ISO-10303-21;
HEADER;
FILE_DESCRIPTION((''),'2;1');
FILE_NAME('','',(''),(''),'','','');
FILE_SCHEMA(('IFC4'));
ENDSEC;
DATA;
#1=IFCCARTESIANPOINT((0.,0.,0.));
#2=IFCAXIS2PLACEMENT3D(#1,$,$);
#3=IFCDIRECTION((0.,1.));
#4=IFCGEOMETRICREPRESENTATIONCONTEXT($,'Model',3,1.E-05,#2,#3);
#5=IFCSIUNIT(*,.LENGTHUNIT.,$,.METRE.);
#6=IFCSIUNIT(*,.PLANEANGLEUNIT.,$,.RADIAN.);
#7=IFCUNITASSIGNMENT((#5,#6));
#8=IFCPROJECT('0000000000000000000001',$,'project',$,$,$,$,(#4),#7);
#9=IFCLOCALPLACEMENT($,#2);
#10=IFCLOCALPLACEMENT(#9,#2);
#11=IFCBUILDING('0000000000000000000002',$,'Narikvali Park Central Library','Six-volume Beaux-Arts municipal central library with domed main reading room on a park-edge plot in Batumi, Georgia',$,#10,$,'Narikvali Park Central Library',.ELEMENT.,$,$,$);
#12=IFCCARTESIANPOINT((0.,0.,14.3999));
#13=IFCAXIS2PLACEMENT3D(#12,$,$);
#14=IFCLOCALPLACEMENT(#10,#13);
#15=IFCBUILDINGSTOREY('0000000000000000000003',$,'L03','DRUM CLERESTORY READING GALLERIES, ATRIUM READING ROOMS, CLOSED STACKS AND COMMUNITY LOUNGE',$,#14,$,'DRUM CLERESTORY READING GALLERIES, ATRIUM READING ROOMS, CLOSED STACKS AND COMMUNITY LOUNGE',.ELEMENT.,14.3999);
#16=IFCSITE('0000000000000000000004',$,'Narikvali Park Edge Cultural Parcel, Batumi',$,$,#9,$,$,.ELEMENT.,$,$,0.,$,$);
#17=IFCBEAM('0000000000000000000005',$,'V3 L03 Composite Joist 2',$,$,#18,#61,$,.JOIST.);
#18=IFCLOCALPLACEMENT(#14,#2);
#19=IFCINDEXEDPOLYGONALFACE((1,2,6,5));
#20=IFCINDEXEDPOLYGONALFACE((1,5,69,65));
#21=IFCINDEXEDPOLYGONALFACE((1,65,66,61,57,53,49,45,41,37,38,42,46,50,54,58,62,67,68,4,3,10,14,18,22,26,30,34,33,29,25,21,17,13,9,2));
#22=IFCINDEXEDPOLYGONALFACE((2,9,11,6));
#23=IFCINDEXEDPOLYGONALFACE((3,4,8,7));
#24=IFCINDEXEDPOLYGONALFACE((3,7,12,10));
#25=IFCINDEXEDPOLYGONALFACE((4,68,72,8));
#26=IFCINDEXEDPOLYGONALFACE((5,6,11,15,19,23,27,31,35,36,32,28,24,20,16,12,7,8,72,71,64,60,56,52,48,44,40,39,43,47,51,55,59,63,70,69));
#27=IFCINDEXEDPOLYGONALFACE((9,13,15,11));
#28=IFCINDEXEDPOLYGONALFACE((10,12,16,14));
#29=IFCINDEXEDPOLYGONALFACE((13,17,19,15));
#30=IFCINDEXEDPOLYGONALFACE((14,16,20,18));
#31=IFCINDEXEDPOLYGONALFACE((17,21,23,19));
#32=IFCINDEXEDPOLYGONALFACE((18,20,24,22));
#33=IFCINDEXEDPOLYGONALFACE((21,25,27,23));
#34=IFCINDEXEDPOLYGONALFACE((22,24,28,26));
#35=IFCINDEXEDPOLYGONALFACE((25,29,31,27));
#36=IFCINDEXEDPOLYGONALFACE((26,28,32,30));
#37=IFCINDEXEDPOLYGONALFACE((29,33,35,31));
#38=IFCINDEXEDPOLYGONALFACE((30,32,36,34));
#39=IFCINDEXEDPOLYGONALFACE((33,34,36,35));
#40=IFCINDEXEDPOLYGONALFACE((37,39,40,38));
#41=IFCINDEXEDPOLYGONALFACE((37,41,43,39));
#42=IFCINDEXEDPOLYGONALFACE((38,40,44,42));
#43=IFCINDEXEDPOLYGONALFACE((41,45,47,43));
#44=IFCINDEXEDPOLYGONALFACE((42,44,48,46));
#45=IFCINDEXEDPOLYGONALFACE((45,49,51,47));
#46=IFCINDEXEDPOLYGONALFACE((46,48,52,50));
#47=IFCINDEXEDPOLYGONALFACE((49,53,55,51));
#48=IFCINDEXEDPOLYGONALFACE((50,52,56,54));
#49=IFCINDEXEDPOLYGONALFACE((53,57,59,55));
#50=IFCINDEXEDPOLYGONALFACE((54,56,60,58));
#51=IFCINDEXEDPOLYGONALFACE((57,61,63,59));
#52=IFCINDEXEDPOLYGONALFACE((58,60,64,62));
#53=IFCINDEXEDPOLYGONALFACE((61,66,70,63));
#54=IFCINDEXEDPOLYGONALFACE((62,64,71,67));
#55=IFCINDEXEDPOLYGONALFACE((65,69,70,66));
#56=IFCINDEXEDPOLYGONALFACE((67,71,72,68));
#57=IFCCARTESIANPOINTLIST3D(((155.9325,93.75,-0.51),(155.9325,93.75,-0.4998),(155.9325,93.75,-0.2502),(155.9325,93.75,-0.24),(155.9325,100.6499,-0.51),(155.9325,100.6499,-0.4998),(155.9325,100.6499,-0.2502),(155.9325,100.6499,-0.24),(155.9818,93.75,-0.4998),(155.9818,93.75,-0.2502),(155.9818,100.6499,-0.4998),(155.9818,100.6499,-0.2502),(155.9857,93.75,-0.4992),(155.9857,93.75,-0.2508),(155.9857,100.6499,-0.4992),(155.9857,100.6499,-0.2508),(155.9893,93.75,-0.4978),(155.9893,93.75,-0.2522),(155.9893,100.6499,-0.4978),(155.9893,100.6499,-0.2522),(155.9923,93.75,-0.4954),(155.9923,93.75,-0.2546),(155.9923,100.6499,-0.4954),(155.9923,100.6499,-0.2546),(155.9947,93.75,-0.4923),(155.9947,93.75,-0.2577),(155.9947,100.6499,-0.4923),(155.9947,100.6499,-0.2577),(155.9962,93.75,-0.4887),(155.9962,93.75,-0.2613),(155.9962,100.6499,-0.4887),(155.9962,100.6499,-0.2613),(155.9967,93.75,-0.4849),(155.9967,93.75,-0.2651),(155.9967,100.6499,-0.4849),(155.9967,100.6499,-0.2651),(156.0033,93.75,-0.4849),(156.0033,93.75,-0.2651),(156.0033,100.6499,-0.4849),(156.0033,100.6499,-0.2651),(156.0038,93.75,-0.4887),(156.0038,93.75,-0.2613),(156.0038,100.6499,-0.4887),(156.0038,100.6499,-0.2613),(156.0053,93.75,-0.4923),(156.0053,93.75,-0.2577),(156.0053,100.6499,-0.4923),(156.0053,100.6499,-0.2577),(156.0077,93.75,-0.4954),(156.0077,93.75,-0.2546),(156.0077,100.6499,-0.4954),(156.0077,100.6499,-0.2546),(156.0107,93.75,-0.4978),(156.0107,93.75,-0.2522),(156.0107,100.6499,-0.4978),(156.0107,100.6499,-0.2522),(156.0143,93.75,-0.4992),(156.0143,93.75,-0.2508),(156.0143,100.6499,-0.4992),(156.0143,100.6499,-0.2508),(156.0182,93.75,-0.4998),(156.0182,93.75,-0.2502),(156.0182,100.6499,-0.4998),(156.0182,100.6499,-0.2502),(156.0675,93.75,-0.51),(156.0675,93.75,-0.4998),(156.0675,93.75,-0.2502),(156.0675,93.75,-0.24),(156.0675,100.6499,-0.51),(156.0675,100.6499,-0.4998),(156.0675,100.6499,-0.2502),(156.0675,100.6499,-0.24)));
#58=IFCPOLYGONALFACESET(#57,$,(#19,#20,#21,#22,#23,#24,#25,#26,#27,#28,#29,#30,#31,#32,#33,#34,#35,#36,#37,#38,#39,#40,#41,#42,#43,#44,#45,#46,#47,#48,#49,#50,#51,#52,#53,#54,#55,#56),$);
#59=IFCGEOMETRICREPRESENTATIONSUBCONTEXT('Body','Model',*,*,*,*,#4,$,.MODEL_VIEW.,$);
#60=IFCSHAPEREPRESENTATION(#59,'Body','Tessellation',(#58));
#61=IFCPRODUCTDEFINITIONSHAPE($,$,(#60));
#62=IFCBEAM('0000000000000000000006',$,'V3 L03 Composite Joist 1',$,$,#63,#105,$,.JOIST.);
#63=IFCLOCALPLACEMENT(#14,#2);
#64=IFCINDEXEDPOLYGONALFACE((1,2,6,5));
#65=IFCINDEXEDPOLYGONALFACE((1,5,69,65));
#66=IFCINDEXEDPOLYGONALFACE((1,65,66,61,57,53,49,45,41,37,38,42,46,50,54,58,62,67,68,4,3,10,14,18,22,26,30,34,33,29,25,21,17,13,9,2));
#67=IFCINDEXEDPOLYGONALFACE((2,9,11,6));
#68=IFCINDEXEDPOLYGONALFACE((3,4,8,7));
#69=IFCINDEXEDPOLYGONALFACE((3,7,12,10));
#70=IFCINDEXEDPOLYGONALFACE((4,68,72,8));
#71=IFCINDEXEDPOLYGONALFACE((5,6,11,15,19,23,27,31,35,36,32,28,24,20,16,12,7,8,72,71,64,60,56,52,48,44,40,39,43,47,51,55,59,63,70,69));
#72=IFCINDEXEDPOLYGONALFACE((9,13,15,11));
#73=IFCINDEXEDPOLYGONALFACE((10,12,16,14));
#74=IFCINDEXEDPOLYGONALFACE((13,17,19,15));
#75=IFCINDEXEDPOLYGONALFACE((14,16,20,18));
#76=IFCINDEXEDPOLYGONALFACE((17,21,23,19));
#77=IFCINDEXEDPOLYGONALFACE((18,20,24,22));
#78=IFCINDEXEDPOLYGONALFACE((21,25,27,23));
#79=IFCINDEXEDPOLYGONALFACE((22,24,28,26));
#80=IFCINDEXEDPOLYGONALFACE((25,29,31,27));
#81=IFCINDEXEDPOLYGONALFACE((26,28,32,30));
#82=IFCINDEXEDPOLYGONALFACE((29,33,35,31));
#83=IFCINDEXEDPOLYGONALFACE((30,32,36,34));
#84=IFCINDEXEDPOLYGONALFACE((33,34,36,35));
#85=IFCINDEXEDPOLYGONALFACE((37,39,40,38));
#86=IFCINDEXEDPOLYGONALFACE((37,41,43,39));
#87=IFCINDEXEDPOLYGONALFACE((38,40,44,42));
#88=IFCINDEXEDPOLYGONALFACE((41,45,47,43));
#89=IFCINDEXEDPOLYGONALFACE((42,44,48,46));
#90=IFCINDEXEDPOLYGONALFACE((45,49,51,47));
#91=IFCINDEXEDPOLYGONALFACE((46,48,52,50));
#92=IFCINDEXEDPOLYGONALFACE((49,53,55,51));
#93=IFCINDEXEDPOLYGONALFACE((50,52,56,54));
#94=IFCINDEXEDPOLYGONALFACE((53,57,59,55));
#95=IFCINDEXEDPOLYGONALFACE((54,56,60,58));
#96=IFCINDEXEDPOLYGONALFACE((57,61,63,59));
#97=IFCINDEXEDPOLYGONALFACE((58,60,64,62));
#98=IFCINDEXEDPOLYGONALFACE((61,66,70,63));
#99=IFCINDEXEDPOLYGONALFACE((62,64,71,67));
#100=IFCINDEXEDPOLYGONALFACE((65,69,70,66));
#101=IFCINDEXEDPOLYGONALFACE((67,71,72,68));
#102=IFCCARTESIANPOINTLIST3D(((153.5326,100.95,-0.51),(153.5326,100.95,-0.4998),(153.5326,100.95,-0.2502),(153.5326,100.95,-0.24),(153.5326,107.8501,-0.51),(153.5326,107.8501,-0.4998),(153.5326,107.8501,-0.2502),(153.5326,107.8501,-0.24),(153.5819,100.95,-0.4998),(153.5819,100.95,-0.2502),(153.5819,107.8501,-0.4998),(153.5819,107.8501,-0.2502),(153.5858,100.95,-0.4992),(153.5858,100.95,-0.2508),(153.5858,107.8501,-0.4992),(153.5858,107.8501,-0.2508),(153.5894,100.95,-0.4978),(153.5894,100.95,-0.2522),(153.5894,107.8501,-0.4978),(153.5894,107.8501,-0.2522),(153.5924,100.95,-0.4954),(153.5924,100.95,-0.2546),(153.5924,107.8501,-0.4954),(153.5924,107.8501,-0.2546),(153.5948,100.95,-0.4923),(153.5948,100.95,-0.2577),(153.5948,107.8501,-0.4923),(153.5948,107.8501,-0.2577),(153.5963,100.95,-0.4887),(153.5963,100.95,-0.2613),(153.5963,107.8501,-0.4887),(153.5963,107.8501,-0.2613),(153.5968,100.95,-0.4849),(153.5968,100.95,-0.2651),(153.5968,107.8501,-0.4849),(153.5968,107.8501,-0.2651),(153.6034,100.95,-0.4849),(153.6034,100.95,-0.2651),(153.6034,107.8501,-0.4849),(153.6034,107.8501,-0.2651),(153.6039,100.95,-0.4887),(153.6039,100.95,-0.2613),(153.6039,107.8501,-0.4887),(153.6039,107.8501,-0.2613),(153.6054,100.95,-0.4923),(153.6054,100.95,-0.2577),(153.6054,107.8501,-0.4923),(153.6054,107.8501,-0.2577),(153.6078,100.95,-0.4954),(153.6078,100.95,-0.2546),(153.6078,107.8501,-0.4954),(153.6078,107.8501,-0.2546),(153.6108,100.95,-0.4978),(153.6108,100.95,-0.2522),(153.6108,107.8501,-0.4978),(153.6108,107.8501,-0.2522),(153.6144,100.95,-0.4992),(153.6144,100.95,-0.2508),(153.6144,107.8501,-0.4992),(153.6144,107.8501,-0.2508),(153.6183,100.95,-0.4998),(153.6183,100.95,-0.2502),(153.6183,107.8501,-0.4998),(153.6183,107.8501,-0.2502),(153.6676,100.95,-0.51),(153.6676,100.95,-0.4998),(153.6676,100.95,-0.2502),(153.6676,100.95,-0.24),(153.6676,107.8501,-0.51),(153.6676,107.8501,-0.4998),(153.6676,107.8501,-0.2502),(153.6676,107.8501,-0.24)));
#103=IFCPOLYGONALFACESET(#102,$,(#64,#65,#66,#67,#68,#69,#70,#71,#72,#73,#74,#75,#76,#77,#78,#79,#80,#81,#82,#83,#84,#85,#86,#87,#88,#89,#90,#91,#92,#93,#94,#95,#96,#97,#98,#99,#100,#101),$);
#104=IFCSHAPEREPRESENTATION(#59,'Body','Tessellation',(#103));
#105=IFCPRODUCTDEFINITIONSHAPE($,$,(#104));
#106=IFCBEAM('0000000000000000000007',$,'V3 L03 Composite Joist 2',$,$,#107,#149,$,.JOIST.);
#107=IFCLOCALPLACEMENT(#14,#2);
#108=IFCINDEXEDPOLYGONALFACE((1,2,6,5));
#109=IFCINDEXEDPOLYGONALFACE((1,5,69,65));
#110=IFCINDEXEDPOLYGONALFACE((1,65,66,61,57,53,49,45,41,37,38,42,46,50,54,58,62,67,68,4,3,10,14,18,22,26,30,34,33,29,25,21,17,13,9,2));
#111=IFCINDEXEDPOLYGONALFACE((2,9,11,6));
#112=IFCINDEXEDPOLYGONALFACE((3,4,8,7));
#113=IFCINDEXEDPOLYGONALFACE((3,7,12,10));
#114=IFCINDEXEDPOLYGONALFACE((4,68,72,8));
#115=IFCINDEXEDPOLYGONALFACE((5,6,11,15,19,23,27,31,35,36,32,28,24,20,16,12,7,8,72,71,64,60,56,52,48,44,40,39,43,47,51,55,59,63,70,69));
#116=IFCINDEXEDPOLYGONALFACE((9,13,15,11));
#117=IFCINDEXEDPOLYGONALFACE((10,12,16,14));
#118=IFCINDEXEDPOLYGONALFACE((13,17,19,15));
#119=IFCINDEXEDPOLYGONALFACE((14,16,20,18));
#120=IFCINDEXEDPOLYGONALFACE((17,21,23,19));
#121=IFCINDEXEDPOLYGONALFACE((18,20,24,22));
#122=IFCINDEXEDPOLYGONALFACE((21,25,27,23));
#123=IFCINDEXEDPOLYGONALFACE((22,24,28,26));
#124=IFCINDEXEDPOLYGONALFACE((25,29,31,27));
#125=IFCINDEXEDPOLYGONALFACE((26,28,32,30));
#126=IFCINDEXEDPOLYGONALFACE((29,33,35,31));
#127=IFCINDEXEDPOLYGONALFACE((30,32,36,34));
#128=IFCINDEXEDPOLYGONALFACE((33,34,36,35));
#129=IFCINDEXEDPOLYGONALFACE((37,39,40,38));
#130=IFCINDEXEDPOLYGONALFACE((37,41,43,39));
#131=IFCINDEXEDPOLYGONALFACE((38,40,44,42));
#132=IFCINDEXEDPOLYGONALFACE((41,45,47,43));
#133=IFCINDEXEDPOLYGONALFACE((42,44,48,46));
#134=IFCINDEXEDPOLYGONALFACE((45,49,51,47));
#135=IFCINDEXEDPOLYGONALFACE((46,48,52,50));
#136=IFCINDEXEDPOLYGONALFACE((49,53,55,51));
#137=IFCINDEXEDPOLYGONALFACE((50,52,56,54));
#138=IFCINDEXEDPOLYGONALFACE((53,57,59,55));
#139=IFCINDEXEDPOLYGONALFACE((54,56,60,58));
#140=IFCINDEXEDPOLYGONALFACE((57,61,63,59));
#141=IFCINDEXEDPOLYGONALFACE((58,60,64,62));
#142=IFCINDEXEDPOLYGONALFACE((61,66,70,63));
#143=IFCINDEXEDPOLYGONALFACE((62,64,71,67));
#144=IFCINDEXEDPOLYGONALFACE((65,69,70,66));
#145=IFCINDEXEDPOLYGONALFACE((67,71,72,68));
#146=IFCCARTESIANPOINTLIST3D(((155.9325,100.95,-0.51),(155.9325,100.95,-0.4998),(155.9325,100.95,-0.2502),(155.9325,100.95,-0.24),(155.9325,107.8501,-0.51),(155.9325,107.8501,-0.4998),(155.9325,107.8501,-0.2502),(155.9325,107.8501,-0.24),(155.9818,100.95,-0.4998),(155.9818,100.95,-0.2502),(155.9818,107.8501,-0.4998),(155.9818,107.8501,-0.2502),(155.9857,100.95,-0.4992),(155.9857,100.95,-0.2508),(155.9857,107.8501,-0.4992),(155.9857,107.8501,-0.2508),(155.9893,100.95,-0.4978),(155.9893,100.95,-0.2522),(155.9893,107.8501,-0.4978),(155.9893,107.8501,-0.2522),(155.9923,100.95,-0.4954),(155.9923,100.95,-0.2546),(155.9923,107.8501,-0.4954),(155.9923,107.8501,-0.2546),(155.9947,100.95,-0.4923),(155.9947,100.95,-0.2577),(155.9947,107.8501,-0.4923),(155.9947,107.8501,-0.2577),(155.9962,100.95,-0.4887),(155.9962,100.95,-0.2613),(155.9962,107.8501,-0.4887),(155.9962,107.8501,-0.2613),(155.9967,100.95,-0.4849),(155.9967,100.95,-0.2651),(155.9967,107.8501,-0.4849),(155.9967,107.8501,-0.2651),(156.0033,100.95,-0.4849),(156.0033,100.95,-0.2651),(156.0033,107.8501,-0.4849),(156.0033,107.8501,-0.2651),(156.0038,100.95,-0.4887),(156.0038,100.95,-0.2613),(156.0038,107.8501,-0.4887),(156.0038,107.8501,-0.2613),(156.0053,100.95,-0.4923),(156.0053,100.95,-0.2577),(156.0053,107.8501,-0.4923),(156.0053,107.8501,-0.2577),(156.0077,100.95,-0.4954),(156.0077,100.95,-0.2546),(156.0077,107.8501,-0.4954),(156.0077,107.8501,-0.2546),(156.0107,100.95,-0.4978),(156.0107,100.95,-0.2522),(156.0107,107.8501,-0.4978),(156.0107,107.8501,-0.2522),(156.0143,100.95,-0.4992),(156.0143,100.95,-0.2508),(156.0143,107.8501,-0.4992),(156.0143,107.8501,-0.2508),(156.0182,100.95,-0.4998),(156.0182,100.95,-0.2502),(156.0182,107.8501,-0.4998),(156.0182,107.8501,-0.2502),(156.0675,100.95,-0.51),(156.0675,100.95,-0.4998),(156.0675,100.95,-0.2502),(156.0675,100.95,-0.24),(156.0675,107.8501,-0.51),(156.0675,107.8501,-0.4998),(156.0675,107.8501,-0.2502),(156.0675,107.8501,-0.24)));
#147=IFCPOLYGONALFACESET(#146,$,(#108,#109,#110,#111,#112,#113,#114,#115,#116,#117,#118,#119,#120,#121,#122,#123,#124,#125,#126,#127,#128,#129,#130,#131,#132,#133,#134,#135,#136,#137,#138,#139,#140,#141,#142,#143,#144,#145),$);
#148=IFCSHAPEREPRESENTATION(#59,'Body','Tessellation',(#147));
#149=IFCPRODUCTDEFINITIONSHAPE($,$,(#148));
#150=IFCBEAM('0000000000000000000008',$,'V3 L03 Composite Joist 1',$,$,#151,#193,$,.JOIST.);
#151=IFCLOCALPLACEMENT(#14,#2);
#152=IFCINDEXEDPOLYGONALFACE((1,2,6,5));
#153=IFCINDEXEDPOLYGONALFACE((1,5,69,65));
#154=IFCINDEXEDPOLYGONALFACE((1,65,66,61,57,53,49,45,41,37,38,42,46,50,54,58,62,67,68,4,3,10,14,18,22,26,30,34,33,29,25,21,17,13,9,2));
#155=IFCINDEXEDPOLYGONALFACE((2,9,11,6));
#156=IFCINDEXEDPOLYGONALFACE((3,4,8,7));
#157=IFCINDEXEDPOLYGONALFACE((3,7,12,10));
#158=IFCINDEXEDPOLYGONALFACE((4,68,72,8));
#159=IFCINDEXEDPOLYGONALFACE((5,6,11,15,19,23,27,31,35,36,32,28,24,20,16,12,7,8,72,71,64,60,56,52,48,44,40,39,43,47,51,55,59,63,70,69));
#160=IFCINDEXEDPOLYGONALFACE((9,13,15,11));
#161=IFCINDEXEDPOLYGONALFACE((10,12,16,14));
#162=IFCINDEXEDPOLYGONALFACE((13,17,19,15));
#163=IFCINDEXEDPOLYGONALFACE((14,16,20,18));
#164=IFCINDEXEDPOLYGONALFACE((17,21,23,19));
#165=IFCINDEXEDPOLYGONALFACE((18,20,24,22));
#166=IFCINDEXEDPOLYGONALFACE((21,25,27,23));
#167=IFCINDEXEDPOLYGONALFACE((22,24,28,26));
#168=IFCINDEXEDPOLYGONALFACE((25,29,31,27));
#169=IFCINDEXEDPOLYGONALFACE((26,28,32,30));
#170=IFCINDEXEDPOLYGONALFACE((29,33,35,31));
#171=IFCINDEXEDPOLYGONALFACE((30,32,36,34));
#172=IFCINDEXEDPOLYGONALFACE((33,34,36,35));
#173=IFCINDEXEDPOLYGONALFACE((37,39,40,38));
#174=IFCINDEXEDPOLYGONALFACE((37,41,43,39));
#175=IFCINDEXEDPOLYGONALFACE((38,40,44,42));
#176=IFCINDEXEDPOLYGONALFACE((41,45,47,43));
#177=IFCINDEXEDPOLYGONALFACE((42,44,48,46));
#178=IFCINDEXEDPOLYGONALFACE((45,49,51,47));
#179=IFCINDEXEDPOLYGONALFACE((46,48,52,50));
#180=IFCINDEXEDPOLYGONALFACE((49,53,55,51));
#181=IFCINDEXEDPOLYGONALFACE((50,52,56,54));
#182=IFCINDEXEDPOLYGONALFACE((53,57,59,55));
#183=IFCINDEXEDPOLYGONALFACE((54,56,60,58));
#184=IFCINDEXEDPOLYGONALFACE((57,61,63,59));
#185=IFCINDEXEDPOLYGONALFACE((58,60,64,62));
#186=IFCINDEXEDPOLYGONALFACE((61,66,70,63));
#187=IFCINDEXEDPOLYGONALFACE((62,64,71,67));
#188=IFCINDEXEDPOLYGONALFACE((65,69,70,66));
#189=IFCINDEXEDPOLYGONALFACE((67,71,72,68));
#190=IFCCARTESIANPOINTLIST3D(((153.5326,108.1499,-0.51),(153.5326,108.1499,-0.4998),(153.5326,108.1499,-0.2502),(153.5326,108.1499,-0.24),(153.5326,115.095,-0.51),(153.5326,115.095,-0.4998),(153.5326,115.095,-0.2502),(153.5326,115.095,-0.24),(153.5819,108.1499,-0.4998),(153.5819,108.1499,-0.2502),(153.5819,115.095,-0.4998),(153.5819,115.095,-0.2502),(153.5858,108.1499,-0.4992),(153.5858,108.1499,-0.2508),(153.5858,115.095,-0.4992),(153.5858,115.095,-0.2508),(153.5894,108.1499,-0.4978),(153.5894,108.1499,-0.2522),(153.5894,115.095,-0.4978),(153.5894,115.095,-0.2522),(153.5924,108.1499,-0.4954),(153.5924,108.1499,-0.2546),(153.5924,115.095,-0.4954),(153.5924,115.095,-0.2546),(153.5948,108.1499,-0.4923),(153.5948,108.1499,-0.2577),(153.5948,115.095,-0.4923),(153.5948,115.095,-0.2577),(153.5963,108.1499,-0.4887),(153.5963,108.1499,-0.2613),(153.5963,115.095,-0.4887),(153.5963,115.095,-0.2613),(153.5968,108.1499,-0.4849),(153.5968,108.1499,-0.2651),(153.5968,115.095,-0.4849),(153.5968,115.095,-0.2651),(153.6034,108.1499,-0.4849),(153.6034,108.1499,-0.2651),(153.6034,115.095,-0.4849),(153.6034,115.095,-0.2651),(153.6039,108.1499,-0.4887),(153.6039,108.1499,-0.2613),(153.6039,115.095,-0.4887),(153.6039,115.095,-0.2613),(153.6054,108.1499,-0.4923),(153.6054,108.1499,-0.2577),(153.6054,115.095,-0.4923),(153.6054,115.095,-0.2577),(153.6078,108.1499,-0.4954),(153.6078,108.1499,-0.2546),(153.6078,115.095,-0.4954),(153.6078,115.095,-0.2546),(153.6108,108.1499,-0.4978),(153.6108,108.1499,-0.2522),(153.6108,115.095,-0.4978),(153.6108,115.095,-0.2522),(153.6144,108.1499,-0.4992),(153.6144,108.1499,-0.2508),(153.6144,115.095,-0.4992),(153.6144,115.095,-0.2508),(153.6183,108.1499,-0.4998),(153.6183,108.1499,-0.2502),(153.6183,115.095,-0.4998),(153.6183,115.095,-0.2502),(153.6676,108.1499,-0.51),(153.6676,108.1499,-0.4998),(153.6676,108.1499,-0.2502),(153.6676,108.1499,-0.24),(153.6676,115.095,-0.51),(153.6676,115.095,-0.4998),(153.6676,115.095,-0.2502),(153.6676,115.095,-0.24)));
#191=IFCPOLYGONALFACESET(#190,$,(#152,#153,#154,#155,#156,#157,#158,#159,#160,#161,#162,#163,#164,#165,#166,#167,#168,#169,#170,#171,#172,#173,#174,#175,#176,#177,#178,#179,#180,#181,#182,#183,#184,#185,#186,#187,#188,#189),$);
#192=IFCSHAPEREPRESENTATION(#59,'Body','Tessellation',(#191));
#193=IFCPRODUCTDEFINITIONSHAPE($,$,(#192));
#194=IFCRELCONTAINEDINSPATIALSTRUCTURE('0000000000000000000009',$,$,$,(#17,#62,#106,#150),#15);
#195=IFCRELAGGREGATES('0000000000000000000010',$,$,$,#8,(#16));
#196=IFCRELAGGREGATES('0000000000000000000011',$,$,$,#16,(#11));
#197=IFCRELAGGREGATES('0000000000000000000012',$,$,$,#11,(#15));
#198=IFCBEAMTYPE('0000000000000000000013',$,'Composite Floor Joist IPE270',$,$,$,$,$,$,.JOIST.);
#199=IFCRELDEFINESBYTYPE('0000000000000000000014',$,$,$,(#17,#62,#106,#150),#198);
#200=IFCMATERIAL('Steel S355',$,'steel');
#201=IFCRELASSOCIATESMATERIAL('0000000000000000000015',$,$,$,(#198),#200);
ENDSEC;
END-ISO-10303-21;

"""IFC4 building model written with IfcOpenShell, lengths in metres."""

from ifc_helpers import new_model, si_unit, direction, frame, origin, origin_2d, place, context, subcontext, project, spatial, i_section, extrude, material, material_profile, profile_set, type_object, element, save


model = new_model("IFC4")

# Units and contexts
model_context = context("Model", 3, precision=1e-05, world=origin(), true_north=direction((0.0, 1.0)))
body_context = subcontext(model_context, "Body", "Model", "MODEL_VIEW")
ifc_project = project(units=[si_unit("LENGTHUNIT", "METRE"), si_unit("PLANEANGLEUNIT", "RADIAN")], contexts=[model_context])

# Site, building, storey
site_placement = place(None, origin())
site = spatial("IfcSite", under=ifc_project, at=site_placement, Name="Narikvali Park Edge Cultural Parcel, Batumi", CompositionType="ELEMENT", RefElevation=0.0)
building_placement = place(site_placement, origin())
building = spatial("IfcBuilding", under=site, at=building_placement, Name="Narikvali Park Central Library", Description="Six-volume Beaux-Arts municipal central library with domed main reading room on a park-edge plot in Batumi, Georgia", LongName="Narikvali Park Central Library", CompositionType="ELEMENT")
storey_placement = place(building_placement, frame((0.0, 0.0, 14.3999)))
storey = spatial("IfcBuildingStorey", under=building, at=storey_placement, Name="L03", Description="DRUM CLERESTORY READING GALLERIES, ATRIUM READING ROOMS, CLOSED STACKS AND COMMUNITY LOUNGE", LongName="DRUM CLERESTORY READING GALLERIES, ATRIUM READING ROOMS, CLOSED STACKS AND COMMUNITY LOUNGE", CompositionType="ELEMENT", Elevation=14.3999)

# Shared definitions
ifc_material_1 = material(Name="Steel S355", Category="steel")

# Beams
ifc_material_profile_1 = material_profile(ifc_material_1, i_section(OverallWidth=0.135, OverallDepth=0.27, WebThickness=0.0066, FlangeThickness=0.0103, FilletRadius=0.0149, at=origin_2d()), Name="IPE 270")
ifc_profile_set_1 = profile_set([ifc_material_profile_1], Name="Steel S355")
beam_type_1 = type_object("IfcBeamType", Name="Composite Floor Joist IPE270", PredefinedType="JOIST", material=ifc_profile_set_1)
for number, where, z_axis, x_axis, name in (
    (1, (156.0, 93.75, -0.375), (0.0, 1.0, 0.0), (-1.0, 0.0, 0.0), "V3 L03 Composite Joist 2"),
):
    element("IfcBeam", number, at=place(storey_placement, frame(where, z_axis=z_axis, x_axis=x_axis)), inside=storey, type_object=beam_type_1, Name=name, PredefinedType="JOIST", context=body_context, shape_type="SweptSolid", body=[
        extrude(i_section(OverallWidth=0.135, OverallDepth=0.27, WebThickness=0.0066, FlangeThickness=0.0103, FilletRadius=0.0149, at=origin_2d()), origin(), (0.0, 0.0, 1.0), 6.8999),
    ])
for number, where, z_axis, x_axis, name in (
    (2, (153.6001, 100.95, -0.375), (0.0, 1.0, 0.0), (-1.0, 0.0, 0.0), "V3 L03 Composite Joist 1"),
    (3, (156.0, 100.95, -0.375), (0.0, 1.0, 0.0), (-1.0, 0.0, 0.0), "V3 L03 Composite Joist 2"),
):
    element("IfcBeam", number, at=place(storey_placement, frame(where, z_axis=z_axis, x_axis=x_axis)), inside=storey, type_object=beam_type_1, Name=name, PredefinedType="JOIST", context=body_context, shape_type="SweptSolid", body=[
        extrude(i_section(OverallWidth=0.135, OverallDepth=0.27, WebThickness=0.0066, FlangeThickness=0.0103, FilletRadius=0.0149, at=origin_2d()), origin(), (0.0, 0.0, 1.0), 6.9001),
    ])
for number, where, z_axis, x_axis, name in (
    (4, (153.6001, 108.1499, -0.375), (0.0, 1.0, 0.0), (-1.0, 0.0, 0.0), "V3 L03 Composite Joist 1"),
):
    element("IfcBeam", number, at=place(storey_placement, frame(where, z_axis=z_axis, x_axis=x_axis)), inside=storey, type_object=beam_type_1, Name=name, PredefinedType="JOIST", context=body_context, shape_type="SweptSolid", body=[
        extrude(i_section(OverallWidth=0.135, OverallDepth=0.27, WebThickness=0.0066, FlangeThickness=0.0103, FilletRadius=0.0149, at=origin_2d()), origin(), (0.0, 0.0, 1.0), 6.9451),
    ])

save(model, "model.ifc")
